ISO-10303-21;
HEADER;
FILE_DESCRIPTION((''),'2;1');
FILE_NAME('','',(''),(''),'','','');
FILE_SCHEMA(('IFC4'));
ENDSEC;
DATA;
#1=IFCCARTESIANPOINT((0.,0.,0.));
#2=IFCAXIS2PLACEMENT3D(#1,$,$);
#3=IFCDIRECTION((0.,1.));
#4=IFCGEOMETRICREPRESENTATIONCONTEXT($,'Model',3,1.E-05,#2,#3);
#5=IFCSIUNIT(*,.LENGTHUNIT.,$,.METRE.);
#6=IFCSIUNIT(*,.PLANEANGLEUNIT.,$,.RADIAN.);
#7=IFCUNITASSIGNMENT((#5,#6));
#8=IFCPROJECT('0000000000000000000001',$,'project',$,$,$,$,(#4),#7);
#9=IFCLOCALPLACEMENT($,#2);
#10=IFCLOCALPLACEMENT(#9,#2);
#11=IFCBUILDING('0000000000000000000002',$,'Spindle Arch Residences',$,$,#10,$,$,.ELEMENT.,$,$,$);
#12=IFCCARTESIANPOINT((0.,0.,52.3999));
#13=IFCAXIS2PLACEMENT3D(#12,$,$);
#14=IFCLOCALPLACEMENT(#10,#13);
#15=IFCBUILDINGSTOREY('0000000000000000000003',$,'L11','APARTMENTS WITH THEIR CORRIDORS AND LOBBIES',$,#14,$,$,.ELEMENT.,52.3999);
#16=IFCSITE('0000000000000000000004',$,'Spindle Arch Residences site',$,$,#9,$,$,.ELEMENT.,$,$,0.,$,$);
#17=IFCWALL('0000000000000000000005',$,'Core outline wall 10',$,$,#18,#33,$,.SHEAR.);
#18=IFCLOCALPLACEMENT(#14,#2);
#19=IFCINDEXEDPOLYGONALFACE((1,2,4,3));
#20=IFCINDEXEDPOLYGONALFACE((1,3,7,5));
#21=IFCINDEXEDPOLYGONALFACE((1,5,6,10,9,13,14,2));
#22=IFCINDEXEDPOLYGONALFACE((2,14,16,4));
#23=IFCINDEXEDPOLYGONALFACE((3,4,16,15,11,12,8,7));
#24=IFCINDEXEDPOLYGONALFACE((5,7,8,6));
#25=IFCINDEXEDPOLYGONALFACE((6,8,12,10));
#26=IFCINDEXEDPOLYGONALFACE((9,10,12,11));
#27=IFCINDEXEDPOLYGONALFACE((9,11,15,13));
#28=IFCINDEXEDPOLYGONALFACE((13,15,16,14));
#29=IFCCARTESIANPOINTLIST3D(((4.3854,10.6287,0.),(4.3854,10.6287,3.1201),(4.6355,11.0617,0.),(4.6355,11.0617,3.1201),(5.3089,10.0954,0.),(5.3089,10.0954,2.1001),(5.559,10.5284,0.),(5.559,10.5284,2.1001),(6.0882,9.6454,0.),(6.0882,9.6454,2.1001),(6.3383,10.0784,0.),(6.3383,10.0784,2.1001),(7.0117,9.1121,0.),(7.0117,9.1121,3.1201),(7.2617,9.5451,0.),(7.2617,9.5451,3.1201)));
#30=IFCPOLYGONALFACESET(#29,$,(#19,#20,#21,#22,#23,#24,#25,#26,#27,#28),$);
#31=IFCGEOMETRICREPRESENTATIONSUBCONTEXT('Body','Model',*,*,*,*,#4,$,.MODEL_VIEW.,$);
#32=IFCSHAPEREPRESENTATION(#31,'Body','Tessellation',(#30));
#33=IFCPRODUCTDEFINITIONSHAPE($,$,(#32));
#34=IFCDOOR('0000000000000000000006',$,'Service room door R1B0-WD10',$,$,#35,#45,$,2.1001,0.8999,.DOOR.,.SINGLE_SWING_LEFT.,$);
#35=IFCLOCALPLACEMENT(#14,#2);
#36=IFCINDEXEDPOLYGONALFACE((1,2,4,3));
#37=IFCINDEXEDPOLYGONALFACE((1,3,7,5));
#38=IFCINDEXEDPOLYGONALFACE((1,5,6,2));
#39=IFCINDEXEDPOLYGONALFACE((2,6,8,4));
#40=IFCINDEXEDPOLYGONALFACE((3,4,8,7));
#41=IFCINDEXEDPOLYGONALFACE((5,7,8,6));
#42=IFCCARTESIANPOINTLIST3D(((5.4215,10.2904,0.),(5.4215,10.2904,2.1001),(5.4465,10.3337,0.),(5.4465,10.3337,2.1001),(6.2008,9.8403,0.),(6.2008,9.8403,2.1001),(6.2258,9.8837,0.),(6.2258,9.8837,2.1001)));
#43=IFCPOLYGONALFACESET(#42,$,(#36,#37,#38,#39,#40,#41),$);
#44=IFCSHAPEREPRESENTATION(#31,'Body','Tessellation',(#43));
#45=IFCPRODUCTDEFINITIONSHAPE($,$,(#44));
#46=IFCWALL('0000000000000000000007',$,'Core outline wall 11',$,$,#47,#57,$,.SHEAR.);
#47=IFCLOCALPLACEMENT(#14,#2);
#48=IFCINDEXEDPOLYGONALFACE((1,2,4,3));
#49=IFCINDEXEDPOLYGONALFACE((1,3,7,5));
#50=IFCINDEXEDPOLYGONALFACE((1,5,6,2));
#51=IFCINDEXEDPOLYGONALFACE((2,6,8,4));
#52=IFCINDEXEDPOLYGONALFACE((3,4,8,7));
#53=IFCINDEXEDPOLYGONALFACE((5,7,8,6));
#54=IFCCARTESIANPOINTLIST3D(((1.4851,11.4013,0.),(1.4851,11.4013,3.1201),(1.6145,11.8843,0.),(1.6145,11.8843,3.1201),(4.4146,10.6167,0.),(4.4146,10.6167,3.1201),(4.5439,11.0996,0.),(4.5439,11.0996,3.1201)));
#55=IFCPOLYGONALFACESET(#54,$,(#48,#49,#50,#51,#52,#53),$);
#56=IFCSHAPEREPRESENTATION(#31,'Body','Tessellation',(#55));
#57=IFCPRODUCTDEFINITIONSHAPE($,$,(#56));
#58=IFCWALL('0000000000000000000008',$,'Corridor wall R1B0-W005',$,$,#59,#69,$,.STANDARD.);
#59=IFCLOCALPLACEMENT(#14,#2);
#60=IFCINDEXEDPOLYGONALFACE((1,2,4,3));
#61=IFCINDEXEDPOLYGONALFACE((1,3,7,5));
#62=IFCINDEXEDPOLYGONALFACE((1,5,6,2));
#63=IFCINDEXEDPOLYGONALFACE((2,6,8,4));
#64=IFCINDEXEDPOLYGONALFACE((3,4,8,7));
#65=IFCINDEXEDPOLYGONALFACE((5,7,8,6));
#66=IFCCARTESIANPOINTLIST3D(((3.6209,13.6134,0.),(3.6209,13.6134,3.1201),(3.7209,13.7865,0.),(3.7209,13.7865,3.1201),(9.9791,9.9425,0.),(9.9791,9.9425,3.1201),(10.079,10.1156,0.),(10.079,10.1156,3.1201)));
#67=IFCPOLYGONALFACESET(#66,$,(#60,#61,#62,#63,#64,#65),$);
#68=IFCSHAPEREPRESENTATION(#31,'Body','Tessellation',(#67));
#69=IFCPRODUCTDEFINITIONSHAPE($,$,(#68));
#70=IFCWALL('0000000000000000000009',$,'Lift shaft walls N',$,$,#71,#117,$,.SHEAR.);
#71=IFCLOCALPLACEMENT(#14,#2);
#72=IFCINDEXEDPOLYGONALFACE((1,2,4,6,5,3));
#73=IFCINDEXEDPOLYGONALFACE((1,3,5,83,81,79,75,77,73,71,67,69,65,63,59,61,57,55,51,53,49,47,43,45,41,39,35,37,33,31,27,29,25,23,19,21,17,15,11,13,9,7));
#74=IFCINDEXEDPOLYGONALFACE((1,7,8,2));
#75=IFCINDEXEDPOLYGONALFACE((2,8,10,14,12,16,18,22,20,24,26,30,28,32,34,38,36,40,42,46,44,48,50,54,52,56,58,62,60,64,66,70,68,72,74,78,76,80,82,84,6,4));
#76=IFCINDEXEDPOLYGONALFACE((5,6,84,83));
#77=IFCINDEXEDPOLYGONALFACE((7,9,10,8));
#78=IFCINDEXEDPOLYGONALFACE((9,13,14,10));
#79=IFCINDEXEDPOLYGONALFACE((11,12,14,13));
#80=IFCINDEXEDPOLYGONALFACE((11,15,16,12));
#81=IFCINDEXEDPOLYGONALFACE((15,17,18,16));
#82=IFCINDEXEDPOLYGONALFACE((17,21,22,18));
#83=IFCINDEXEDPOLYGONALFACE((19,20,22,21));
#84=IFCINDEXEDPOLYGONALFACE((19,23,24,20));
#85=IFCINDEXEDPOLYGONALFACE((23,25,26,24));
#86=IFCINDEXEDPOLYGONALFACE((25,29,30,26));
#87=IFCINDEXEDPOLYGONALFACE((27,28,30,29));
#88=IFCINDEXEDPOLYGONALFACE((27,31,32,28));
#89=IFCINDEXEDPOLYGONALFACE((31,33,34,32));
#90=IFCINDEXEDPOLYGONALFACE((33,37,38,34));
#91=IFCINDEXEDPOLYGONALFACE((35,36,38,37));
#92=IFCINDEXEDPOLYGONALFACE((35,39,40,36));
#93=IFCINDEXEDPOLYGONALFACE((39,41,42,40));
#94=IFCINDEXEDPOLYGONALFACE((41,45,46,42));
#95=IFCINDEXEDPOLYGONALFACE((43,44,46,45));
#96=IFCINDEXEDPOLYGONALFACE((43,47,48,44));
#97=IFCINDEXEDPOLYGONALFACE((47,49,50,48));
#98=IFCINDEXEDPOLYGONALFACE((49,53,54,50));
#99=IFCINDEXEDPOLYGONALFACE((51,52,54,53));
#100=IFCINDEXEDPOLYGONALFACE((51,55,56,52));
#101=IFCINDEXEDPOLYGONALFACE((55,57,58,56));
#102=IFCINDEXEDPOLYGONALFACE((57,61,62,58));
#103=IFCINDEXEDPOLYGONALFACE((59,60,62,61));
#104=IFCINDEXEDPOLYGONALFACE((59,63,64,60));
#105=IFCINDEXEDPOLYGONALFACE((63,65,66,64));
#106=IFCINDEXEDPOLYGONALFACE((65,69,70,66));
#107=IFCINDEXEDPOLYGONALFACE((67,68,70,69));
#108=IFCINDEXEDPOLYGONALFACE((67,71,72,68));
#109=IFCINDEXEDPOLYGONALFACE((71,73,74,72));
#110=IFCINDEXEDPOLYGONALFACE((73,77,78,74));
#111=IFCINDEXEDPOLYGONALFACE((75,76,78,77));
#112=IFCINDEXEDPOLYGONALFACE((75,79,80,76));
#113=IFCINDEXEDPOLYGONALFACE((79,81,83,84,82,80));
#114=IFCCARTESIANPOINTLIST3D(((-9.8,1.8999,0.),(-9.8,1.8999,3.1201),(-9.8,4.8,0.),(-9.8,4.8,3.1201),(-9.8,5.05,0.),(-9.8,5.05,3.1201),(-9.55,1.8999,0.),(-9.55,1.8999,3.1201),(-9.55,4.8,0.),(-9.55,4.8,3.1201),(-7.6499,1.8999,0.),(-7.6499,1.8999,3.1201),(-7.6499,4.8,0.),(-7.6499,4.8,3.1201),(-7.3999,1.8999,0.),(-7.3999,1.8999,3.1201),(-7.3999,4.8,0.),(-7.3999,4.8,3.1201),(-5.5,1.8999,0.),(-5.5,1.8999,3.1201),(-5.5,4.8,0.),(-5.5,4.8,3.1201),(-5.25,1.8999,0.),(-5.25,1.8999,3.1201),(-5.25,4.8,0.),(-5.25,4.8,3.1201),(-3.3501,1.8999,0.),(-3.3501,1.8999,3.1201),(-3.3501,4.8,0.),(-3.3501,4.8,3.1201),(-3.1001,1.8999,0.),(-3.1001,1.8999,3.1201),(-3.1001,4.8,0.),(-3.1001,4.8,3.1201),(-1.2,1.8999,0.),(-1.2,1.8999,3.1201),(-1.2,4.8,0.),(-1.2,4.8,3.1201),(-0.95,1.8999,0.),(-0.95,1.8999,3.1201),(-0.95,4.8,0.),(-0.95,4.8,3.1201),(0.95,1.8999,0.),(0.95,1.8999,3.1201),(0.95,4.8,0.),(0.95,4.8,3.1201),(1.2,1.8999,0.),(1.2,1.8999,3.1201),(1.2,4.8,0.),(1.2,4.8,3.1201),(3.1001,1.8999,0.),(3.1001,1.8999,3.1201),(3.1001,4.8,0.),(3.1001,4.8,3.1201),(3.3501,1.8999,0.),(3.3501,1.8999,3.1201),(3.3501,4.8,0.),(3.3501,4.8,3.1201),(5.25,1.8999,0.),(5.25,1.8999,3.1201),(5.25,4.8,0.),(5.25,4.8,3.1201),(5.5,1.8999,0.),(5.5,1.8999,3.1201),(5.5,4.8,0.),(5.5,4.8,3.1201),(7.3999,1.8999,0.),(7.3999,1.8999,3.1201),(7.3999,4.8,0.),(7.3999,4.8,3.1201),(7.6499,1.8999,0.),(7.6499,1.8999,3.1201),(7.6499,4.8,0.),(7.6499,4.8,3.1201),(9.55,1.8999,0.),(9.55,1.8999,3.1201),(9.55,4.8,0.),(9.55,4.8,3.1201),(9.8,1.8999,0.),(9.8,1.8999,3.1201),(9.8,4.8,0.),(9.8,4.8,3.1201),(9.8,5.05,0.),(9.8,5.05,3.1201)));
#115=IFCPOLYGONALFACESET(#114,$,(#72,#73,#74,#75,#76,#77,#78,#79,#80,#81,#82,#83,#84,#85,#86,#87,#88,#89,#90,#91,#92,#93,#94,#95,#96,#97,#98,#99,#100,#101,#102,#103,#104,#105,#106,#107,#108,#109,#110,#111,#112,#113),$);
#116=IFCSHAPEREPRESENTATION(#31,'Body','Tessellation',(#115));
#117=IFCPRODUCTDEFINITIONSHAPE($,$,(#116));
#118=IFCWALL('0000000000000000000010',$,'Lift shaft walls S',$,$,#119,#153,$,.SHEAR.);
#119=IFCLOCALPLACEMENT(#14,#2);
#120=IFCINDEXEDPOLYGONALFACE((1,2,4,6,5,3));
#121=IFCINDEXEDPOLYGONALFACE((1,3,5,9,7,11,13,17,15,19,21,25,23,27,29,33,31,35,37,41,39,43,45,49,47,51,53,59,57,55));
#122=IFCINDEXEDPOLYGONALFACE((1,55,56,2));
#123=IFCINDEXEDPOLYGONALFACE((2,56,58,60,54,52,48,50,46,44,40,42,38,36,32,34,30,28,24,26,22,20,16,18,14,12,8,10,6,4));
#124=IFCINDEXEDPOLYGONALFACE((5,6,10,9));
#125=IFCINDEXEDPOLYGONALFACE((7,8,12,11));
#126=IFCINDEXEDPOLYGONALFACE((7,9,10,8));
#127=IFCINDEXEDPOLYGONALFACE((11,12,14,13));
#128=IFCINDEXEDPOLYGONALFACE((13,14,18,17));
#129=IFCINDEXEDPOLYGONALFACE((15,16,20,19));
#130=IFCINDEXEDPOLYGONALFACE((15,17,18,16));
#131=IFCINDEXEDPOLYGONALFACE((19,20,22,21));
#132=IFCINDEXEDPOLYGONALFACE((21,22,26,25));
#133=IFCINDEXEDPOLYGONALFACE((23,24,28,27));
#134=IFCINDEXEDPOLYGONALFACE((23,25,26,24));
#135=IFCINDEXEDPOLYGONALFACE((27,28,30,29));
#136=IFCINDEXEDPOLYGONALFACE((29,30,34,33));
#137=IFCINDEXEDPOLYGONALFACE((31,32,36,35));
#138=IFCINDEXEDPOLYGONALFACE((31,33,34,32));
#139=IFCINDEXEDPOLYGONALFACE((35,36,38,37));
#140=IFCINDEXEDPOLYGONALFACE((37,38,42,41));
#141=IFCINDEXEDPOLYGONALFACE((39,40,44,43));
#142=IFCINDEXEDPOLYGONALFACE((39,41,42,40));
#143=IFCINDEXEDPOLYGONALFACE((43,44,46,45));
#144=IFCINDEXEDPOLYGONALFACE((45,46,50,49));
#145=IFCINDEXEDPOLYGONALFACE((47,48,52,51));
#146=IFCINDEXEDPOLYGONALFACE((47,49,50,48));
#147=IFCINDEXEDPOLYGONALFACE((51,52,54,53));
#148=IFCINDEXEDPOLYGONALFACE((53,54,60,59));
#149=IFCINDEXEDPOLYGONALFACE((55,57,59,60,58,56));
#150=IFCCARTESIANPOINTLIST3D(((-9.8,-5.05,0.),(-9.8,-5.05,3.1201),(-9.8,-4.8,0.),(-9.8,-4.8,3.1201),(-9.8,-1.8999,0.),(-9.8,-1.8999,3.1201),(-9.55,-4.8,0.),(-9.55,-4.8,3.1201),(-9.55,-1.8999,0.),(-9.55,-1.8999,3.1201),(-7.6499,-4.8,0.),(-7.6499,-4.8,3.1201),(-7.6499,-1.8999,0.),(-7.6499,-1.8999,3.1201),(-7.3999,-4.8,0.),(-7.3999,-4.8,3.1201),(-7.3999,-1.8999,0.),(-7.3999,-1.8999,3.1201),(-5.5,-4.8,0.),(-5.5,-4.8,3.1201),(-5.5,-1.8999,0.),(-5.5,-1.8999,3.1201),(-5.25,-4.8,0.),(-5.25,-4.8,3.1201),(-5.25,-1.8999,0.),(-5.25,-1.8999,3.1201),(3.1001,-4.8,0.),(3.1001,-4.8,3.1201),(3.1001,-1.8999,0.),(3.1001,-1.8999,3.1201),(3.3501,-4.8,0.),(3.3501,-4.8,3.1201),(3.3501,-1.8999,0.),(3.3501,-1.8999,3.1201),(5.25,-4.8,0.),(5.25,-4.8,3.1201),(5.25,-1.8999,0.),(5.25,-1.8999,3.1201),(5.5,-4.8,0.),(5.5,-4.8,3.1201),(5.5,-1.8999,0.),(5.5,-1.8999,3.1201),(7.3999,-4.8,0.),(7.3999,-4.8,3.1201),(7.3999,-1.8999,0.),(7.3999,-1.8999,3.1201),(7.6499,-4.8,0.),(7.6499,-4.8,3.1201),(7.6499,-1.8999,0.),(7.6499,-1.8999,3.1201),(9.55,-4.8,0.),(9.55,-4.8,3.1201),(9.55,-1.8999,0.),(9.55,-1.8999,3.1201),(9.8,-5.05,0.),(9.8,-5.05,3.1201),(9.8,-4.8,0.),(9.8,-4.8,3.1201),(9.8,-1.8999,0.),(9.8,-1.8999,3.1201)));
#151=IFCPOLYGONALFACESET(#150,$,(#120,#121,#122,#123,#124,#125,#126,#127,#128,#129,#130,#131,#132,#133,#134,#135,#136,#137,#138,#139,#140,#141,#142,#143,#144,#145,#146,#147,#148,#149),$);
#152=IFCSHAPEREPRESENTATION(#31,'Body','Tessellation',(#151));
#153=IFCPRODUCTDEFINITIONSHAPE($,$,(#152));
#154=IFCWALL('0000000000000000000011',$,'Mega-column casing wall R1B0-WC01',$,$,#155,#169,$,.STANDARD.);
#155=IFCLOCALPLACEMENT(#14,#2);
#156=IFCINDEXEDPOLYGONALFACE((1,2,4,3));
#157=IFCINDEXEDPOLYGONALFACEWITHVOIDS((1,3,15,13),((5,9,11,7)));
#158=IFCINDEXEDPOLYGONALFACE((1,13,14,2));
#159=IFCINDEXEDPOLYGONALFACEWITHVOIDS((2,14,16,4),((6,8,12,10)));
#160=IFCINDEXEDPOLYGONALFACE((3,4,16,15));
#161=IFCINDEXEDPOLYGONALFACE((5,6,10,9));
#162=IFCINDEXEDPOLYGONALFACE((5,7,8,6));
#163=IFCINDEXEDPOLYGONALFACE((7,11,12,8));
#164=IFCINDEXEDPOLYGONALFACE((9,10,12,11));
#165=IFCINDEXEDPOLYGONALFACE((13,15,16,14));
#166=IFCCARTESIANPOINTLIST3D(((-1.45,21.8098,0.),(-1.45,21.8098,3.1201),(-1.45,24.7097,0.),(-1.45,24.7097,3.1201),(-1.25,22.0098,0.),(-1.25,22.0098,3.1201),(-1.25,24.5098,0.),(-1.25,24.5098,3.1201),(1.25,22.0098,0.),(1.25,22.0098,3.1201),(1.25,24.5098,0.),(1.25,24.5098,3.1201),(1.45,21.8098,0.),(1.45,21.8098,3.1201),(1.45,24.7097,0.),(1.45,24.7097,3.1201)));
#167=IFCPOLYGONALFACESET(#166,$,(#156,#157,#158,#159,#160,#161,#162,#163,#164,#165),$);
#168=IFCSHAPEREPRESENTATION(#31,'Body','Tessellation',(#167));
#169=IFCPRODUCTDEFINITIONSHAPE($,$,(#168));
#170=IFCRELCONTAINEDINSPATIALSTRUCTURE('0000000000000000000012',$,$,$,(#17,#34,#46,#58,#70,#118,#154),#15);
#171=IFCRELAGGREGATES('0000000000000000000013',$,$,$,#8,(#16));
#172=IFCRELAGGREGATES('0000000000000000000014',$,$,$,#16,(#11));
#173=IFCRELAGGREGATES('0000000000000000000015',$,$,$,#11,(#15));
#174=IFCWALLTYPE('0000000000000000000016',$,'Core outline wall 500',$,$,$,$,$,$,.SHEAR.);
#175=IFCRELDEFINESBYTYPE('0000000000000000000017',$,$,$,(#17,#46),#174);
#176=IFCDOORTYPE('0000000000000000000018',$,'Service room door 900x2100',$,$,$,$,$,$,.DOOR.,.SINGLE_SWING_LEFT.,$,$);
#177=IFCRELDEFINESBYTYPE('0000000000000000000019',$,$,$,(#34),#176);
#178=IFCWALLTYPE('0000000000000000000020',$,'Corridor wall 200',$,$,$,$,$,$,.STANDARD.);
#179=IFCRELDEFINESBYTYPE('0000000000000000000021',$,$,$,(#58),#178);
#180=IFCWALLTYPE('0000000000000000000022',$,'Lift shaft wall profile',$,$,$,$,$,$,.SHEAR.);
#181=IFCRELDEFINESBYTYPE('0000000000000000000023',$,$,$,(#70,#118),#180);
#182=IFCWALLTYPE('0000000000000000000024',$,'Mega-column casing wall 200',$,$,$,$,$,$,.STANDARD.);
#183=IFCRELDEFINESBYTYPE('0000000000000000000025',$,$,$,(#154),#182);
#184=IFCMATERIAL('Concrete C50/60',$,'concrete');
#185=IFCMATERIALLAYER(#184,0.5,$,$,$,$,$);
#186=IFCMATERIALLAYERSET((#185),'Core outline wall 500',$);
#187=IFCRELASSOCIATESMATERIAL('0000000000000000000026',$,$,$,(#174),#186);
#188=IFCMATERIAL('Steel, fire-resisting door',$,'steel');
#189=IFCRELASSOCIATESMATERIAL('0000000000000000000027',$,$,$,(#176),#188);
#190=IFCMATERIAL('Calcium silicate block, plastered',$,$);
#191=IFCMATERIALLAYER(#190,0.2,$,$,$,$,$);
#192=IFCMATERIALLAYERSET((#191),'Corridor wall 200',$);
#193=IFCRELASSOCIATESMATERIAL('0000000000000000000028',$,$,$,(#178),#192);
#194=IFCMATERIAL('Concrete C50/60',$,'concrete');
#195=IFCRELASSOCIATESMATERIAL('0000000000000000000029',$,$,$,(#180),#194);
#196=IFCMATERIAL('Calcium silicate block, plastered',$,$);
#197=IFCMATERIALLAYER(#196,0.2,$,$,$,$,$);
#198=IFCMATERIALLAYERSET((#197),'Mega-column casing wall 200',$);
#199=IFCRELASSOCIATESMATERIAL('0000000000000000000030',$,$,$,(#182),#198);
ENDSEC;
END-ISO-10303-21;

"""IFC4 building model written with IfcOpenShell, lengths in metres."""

from ifc_helpers import new_model, si_unit, direction, frame, frame_2d, origin, place, context, subcontext, project, spatial, polyline, rectangle, outline, extrude, material, layer, layer_set, type_object, element, fill, save


model = new_model("IFC4")

# Units and contexts
model_context = context("Model", 3, precision=1e-05, world=origin(), true_north=direction((0.0, 1.0)))
body_context = subcontext(model_context, "Body", "Model", "MODEL_VIEW")
ifc_project = project(units=[si_unit("LENGTHUNIT", "METRE"), si_unit("PLANEANGLEUNIT", "RADIAN")], contexts=[model_context])

# Site, building, storey
site_placement = place(None, origin())
site = spatial("IfcSite", under=ifc_project, at=site_placement, Name="Spindle Arch Residences site", CompositionType="ELEMENT", RefElevation=0.0)
building_placement = place(site_placement, origin())
building = spatial("IfcBuilding", under=site, at=building_placement, Name="Spindle Arch Residences", CompositionType="ELEMENT")
storey_placement = place(building_placement, frame((0.0, 0.0, 52.3999)))
storey = spatial("IfcBuildingStorey", under=building, at=storey_placement, Name="L11", Description="APARTMENTS WITH THEIR CORRIDORS AND LOBBIES", CompositionType="ELEMENT", Elevation=52.3999)

# Shared definitions
ifc_material_1 = material(Name="Concrete C50/60", Category="concrete")
ifc_layer_1 = layer(ifc_material_1, 0.5)
ifc_layer_set_1 = layer_set([ifc_layer_1], Name="Core outline wall 500")
wall_type_1 = type_object("IfcWallType", Name="Core outline wall 500", PredefinedType="SHEAR", material=ifc_layer_set_1)

# Wall, opening, door
wall_1_placement = place(storey_placement, frame((7.1367, 9.3286, 0.0), z_axis=(0.0, 0.0, 1.0), x_axis=(-0.865975, 0.500087, 0.0)))
wall_1 = element("IfcWall", 1, at=wall_1_placement, inside=storey, type_object=wall_type_1, Name="Core outline wall 10", PredefinedType="SHEAR", context=body_context, shape_type="SweptSolid", body=[
    extrude(rectangle(XDim=3.0327, YDim=0.5, at=frame_2d((1.5164, 0.0))), origin(), (0.0, 0.0, 1.0), 3.1201),
])
opening_1_placement = place(wall_1_placement, frame((1.0664, 0.0, 0.0)))
opening_1 = element("IfcOpeningElement", 2, at=opening_1_placement, cuts=wall_1, PredefinedType="OPENING", context=body_context, shape_type="SweptSolid", body=[
    extrude(rectangle(XDim=0.8999, YDim=2.1001, at=frame_2d((0.45, 1.05))), frame((0.0, 0.26, 0.0), z_axis=(0.0, -1.0, 0.0), x_axis=(1.0, 0.0, 0.0)), (0.0, 0.0, 1.0), 0.52),
])
ifc_material_2 = material(Name="Steel, fire-resisting door", Category="steel")
door_type_1 = type_object("IfcDoorType", Name="Service room door 900x2100", OperationType="SINGLE_SWING_LEFT", PredefinedType="DOOR", material=ifc_material_2)
door_1_placement = place(opening_1_placement, origin())
door_1 = element("IfcDoor", 3, at=door_1_placement, inside=storey, type_object=door_type_1, Name="Service room door R1B0-WD10", OperationType="SINGLE_SWING_LEFT", OverallHeight=2.1001, OverallWidth=0.8999, PredefinedType="DOOR", context=body_context, shape_type="SweptSolid", body=[
    extrude(rectangle(XDim=0.8999, YDim=2.1001, at=frame_2d((0.45, 1.05))), frame((0.0, 0.0249, 0.0), z_axis=(0.0, -1.0, 0.0), x_axis=(1.0, 0.0, 0.0)), (0.0, 0.0, 1.0), 0.05),
])
fill(opening_1, door_1)

# Walls
wall_2_placement = place(storey_placement, frame((4.4792, 10.8582, 0.0), z_axis=(0.0, 0.0, 1.0), x_axis=(-0.965948, 0.258735, 0.0)))
element("IfcWall", 4, at=wall_2_placement, inside=storey, type_object=wall_type_1, Name="Core outline wall 11", PredefinedType="SHEAR", context=body_context, shape_type="SweptSolid", body=[
    extrude(rectangle(XDim=3.0327, YDim=0.5, at=frame_2d((1.5164, 0.0))), origin(), (0.0, 0.0, 1.0), 3.1201),
])
ifc_material_3 = material(Name="Calcium silicate block, plastered")
ifc_layer_2 = layer(ifc_material_3, 0.2)
ifc_layer_set_2 = layer_set([ifc_layer_2], Name="Corridor wall 200")
wall_type_2 = type_object("IfcWallType", Name="Corridor wall 200", PredefinedType="STANDARD", material=ifc_layer_set_2)
wall_3_placement = place(storey_placement, frame((10.0291, 10.0291, 0.0), z_axis=(0.0, 0.0, 1.0), x_axis=(-0.866024, 0.500002, 0.0)))
element("IfcWall", 5, at=wall_3_placement, inside=storey, type_object=wall_type_2, Name="Corridor wall R1B0-W005", PredefinedType="STANDARD", context=body_context, shape_type="SweptSolid", body=[
    extrude(rectangle(XDim=7.3418, YDim=0.2, at=frame_2d((3.6709, 0.0))), origin(), (0.0, 0.0, 1.0), 3.1201),
])

# Walls
ifc_material_4 = material(Name="Concrete C50/60", Category="concrete")
wall_type_3 = type_object("IfcWallType", Name="Lift shaft wall profile", PredefinedType="SHEAR", material=ifc_material_4)
wall_4_placement = place(storey_placement, origin())
element("IfcWall", 6, at=wall_4_placement, inside=storey, type_object=wall_type_3, Name="Lift shaft walls N", PredefinedType="SHEAR", context=body_context, shape_type="SweptSolid", body=[
    extrude(outline(polyline([(-9.55, 4.8), (-7.6499, 4.8), (-7.6499, 1.8999), (-7.3999, 1.8999), (-7.3999, 4.8), (-5.5, 4.8), (-5.5, 1.8999), (-5.25, 1.8999), (-5.25, 4.8), (-3.3501, 4.8), (-3.3501, 1.8999), (-3.1001, 1.8999), (-3.1001, 4.8), (-1.2, 4.8), (-1.2, 1.8999), (-0.95, 1.8999), (-0.95, 4.8), (0.95, 4.8), (0.95, 1.8999), (1.2, 1.8999), (1.2, 4.8), (3.1001, 4.8), (3.1001, 1.8999), (3.3501, 1.8999), (3.3501, 4.8), (5.25, 4.8), (5.25, 1.8999), (5.5, 1.8999), (5.5, 4.8), (7.3999, 4.8), (7.3999, 1.8999), (7.6499, 1.8999), (7.6499, 4.8), (9.55, 4.8), (9.55, 1.8999), (9.8, 1.8999), (9.8, 4.8), (9.8, 5.05), (-9.8, 5.05), (-9.8, 4.8), (-9.8, 1.8999), (-9.55, 1.8999), (-9.55, 4.8)])), origin(), (0.0, 0.0, 1.0), 3.1201),
])
wall_5_placement = place(storey_placement, origin())
element("IfcWall", 7, at=wall_5_placement, inside=storey, type_object=wall_type_3, Name="Lift shaft walls S", PredefinedType="SHEAR", context=body_context, shape_type="SweptSolid", body=[
    extrude(outline(polyline([(9.8, -5.05), (9.8, -4.8), (9.8, -1.8999), (9.55, -1.8999), (9.55, -4.8), (7.6499, -4.8), (7.6499, -1.8999), (7.3999, -1.8999), (7.3999, -4.8), (5.5, -4.8), (5.5, -1.8999), (5.25, -1.8999), (5.25, -4.8), (3.3501, -4.8), (3.3501, -1.8999), (3.1001, -1.8999), (3.1001, -4.8), (-5.25, -4.8), (-5.25, -1.8999), (-5.5, -1.8999), (-5.5, -4.8), (-7.3999, -4.8), (-7.3999, -1.8999), (-7.6499, -1.8999), (-7.6499, -4.8), (-9.55, -4.8), (-9.55, -1.8999), (-9.8, -1.8999), (-9.8, -4.8), (-9.8, -5.05), (9.8, -5.05)])), origin(), (0.0, 0.0, 1.0), 3.1201),
])
ifc_material_5 = material(Name="Calcium silicate block, plastered")
ifc_layer_3 = layer(ifc_material_5, 0.2)
ifc_layer_set_3 = layer_set([ifc_layer_3], Name="Mega-column casing wall 200")
wall_type_4 = type_object("IfcWallType", Name="Mega-column casing wall 200", PredefinedType="STANDARD", material=ifc_layer_set_3)
wall_6_placement = place(storey_placement, origin())
element("IfcWall", 8, at=wall_6_placement, inside=storey, type_object=wall_type_4, Name="Mega-column casing wall R1B0-WC01", PredefinedType="STANDARD", context=body_context, shape_type="SweptSolid", body=[
    extrude(outline(polyline([(1.45, 24.7097), (1.45, 21.8098), (-1.45, 21.8098), (-1.45, 24.7097), (1.45, 24.7097)]), holes=[polyline([(-1.25, 22.0098), (1.25, 22.0098), (1.25, 24.5098), (-1.25, 24.5098), (-1.25, 22.0098)])]), origin(), (0.0, 0.0, 1.0), 3.1201),
])

save(model, "model.ifc")
